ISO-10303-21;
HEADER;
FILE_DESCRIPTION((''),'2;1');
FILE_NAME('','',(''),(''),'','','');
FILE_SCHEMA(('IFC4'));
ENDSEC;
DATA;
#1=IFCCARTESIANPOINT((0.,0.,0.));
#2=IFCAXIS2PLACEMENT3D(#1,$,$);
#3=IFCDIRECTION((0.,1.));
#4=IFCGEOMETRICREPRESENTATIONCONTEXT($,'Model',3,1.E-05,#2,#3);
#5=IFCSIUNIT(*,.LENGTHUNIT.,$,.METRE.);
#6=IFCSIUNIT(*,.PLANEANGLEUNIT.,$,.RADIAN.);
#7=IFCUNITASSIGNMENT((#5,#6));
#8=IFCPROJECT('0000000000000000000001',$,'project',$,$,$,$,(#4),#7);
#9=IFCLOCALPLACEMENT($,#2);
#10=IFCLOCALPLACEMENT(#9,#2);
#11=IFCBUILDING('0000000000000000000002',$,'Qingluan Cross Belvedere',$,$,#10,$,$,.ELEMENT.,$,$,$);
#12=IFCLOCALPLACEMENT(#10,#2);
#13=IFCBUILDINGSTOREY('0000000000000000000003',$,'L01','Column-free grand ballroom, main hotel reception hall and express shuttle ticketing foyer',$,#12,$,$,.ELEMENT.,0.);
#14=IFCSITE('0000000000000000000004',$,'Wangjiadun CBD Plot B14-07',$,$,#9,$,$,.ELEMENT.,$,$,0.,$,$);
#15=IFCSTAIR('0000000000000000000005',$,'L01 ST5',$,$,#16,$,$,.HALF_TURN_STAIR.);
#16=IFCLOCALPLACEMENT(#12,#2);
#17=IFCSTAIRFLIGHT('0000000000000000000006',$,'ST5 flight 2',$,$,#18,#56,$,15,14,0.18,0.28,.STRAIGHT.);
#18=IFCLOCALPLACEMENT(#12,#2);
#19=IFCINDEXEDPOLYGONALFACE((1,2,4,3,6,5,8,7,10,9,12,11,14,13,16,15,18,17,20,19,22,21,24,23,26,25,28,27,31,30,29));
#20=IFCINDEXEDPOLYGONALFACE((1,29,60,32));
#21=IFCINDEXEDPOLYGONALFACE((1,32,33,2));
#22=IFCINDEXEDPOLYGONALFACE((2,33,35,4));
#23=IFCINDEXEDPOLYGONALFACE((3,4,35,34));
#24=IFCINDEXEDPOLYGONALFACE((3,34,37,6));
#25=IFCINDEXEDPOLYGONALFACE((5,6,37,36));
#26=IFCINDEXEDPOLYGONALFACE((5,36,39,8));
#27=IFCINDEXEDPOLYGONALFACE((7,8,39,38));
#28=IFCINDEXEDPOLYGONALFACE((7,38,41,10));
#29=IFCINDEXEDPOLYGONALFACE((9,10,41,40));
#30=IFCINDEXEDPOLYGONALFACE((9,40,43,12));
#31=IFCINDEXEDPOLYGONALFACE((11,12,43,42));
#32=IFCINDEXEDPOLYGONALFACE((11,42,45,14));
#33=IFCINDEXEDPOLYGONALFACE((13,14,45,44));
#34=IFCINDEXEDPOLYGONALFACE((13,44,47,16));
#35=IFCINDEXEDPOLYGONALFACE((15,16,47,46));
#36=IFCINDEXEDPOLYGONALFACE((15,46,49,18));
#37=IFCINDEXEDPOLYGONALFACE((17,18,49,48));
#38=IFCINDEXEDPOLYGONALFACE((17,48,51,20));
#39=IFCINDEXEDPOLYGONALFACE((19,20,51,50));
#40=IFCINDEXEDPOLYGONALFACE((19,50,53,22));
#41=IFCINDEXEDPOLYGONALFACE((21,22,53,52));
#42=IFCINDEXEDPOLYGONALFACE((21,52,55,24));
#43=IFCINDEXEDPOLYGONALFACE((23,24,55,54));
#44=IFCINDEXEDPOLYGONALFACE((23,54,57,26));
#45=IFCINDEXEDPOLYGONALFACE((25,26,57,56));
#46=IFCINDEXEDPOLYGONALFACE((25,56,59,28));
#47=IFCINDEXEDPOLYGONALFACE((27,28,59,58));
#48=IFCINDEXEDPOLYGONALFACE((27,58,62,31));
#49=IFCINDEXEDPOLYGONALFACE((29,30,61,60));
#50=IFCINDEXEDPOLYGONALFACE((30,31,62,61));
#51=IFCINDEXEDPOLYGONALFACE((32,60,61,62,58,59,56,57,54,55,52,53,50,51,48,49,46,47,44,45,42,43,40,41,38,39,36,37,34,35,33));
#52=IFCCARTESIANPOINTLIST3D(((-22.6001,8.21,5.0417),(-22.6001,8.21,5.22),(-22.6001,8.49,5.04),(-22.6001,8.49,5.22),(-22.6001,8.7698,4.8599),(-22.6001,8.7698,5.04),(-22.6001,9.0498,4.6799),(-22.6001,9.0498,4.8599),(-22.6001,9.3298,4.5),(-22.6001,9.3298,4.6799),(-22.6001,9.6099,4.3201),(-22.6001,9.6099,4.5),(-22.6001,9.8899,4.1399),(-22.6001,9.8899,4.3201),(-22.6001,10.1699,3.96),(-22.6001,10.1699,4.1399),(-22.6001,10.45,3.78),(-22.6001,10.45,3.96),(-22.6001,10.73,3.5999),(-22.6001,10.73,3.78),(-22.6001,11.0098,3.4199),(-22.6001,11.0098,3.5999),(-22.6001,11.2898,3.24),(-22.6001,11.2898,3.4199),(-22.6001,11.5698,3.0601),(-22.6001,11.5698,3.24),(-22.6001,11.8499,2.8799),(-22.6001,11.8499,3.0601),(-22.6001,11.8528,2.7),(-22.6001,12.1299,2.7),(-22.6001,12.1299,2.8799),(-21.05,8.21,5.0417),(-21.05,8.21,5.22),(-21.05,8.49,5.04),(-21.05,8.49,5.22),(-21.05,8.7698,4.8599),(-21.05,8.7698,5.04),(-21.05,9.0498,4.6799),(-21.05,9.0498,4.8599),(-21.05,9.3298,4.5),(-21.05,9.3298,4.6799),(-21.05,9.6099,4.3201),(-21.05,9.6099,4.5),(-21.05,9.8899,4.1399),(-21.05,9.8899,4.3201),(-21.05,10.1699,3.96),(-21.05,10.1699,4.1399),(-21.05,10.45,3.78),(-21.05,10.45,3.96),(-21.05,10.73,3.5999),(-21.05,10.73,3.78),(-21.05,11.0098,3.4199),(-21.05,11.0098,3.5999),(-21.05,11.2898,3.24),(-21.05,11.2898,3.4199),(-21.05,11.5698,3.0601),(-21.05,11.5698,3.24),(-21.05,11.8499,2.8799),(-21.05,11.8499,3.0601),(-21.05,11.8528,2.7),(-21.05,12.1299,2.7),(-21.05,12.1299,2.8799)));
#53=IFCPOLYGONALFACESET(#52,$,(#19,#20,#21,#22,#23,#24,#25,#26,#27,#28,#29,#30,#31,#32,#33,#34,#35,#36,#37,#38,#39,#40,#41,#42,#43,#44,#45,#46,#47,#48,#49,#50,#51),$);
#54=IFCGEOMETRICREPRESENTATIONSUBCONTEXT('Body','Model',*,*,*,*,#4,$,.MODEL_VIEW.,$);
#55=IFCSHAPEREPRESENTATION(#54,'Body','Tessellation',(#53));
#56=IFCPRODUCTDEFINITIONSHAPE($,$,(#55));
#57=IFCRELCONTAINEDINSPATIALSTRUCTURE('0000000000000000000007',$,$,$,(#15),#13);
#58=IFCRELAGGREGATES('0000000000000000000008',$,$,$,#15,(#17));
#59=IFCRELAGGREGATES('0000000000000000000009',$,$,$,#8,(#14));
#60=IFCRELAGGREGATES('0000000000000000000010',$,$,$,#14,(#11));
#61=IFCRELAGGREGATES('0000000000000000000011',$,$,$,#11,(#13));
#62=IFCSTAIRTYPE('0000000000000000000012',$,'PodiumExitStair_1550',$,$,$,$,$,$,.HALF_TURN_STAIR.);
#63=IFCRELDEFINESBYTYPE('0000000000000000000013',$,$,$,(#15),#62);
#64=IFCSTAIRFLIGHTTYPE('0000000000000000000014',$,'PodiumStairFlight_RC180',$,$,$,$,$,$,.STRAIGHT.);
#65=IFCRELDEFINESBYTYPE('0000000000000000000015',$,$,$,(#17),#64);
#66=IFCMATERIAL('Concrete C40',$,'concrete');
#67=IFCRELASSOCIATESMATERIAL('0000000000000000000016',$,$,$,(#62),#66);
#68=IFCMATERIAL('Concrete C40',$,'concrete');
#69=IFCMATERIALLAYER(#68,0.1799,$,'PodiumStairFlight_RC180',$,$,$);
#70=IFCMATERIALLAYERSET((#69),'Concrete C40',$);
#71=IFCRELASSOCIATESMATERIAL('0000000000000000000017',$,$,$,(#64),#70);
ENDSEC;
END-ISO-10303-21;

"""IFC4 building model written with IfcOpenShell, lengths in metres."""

from ifc_helpers import new_model, si_unit, direction, frame, origin, place, context, subcontext, project, spatial, polyline, outline, extrude, material, layer, layer_set, type_object, element, aggregate, save


model = new_model("IFC4")

# Units and contexts
model_context = context("Model", 3, precision=1e-05, world=origin(), true_north=direction((0.0, 1.0)))
body_context = subcontext(model_context, "Body", "Model", "MODEL_VIEW")
ifc_project = project(units=[si_unit("LENGTHUNIT", "METRE"), si_unit("PLANEANGLEUNIT", "RADIAN")], contexts=[model_context])

# Site, building, storey
site_placement = place(None, origin())
site = spatial("IfcSite", under=ifc_project, at=site_placement, Name="Wangjiadun CBD Plot B14-07", CompositionType="ELEMENT", RefElevation=0.0)
building_placement = place(site_placement, origin())
building = spatial("IfcBuilding", under=site, at=building_placement, Name="Qingluan Cross Belvedere", CompositionType="ELEMENT")
storey_placement = place(building_placement, origin())
storey = spatial("IfcBuildingStorey", under=building, at=storey_placement, Name="L01", Description="Column-free grand ballroom, main hotel reception hall and express shuttle ticketing foyer", CompositionType="ELEMENT", Elevation=0.0)

# Stair, stair flight
ifc_material_1 = material(Name="Concrete C40", Category="concrete")
stair_type = type_object("IfcStairType", Name="PodiumExitStair_1550", PredefinedType="HALF_TURN_STAIR", material=ifc_material_1)
stair_placement = place(storey_placement, origin())
stair = element("IfcStair", 1, at=stair_placement, inside=storey, type_object=stair_type, Name="L01 ST5", PredefinedType="HALF_TURN_STAIR")
ifc_material_2 = material(Name="Concrete C40", Category="concrete")
ifc_layer_1 = layer(ifc_material_2, 0.1799, Name="PodiumStairFlight_RC180")
ifc_layer_set_1 = layer_set([ifc_layer_1], Name="Concrete C40")
stair_flight_type = type_object("IfcStairFlightType", Name="PodiumStairFlight_RC180", PredefinedType="STRAIGHT", material=ifc_layer_set_1)
stair_flight_1_placement = place(storey_placement, frame((-21.825, 12.1299, 2.7), z_axis=(0.0, 0.0, 1.0), x_axis=(0.0, -1.0, 0.0)))
stair_flight_1 = element("IfcStairFlight", 2, at=stair_flight_1_placement, type_object=stair_flight_type, Name="ST5 flight 2", NumberOfRisers=15, NumberOfTreads=14, PredefinedType="STRAIGHT", RiserHeight=0.18, TreadLength=0.28, context=body_context, shape_type="SweptSolid", body=[
    extrude(outline(polyline([(0.0, 0.0), (0.0, 0.1799), (0.28, 0.1799), (0.28, 0.3601), (0.5601, 0.3601), (0.5601, 0.54), (0.8401, 0.54), (0.8401, 0.72), (1.1201, 0.72), (1.1201, 0.8999), (1.3999, 0.8999), (1.3999, 1.0801), (1.6799, 1.0801), (1.6799, 1.26), (1.96, 1.26), (1.96, 1.4399), (2.24, 1.4399), (2.24, 1.6201), (2.52, 1.6201), (2.52, 1.8), (2.8, 1.8), (2.8, 1.98), (3.0801, 1.98), (3.0801, 2.1599), (3.3601, 2.1599), (3.3601, 2.3401), (3.6399, 2.3401), (3.6399, 2.52), (3.9199, 2.52), (3.9199, 2.7), (3.9199, 2.3418), (0.2771, 0.0), (0.0, 0.0)])), frame((0.0, 0.7749, 0.0), z_axis=(0.0, -1.0, 0.0), x_axis=(1.0, 0.0, 0.0)), (0.0, 0.0, 1.0), 1.55),
])
aggregate(stair, [stair_flight_1])

save(model, "model.ifc")
